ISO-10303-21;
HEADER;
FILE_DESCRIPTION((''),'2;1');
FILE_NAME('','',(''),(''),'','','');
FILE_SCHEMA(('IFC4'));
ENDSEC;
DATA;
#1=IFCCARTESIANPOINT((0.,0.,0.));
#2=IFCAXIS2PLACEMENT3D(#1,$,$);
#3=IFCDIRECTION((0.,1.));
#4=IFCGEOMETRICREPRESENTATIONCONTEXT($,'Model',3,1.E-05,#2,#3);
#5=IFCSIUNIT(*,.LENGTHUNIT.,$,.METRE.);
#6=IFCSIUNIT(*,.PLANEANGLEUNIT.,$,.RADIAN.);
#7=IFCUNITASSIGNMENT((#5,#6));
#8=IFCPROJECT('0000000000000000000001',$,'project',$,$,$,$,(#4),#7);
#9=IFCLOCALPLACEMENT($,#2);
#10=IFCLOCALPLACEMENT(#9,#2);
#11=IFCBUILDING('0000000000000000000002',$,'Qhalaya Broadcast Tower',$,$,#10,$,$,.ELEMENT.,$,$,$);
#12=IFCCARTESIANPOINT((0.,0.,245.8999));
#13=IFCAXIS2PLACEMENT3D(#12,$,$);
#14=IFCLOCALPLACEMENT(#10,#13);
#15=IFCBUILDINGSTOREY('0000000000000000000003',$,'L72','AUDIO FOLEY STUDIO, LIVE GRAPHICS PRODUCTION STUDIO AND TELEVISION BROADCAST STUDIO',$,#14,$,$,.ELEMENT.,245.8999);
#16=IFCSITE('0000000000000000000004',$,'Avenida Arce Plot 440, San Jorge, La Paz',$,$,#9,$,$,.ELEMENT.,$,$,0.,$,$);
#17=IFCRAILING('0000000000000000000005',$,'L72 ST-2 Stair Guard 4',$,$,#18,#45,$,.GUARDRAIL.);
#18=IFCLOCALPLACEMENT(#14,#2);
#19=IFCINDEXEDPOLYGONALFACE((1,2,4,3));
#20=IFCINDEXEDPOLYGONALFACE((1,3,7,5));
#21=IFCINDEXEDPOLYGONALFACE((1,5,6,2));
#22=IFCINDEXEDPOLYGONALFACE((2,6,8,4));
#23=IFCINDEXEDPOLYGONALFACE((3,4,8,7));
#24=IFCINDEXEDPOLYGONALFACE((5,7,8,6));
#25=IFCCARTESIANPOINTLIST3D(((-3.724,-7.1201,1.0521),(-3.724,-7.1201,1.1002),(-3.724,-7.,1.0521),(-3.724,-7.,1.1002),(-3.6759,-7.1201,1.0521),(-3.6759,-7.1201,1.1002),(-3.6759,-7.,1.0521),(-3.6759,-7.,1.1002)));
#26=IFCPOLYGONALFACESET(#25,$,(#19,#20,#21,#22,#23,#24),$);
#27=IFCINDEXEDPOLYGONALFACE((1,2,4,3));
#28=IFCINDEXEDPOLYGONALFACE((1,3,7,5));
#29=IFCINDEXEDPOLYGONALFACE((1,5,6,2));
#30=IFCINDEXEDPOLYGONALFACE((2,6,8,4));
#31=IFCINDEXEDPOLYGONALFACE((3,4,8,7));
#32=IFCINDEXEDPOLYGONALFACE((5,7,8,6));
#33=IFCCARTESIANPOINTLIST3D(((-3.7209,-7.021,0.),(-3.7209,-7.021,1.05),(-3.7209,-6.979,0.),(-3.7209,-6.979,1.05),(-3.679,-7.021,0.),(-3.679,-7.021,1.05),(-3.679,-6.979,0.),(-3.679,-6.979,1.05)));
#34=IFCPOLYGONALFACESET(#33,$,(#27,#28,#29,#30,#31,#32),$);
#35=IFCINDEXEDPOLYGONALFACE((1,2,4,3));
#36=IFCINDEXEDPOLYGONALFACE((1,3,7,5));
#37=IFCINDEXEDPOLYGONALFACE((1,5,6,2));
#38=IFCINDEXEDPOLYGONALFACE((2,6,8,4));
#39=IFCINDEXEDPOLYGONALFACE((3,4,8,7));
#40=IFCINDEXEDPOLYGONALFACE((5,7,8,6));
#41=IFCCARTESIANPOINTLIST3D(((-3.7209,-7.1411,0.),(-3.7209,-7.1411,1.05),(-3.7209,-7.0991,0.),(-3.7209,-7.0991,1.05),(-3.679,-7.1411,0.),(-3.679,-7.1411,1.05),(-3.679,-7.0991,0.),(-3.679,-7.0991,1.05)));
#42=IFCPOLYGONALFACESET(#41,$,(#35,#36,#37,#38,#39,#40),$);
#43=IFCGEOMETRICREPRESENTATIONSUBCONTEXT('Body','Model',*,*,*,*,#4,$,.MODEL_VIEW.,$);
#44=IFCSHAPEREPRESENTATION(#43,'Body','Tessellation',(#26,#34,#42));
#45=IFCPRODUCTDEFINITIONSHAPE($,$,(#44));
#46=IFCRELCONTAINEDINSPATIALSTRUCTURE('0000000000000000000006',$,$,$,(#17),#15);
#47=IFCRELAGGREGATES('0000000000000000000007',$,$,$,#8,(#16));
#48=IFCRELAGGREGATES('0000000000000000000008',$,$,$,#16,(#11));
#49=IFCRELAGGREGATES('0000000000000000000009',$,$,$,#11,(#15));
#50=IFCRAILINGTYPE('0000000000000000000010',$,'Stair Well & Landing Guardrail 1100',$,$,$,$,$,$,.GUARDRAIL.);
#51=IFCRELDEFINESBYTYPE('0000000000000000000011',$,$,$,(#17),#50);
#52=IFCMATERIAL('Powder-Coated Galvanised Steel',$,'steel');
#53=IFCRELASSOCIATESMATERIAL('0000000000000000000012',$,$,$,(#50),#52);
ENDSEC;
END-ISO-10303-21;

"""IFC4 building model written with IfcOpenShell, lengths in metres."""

from ifc_helpers import new_model, si_unit, direction, frame, origin, origin_2d, place, context, subcontext, project, spatial, rectangle, extrude, material, type_object, element, save


model = new_model("IFC4")

# Units and contexts
model_context = context("Model", 3, precision=1e-05, world=origin(), true_north=direction((0.0, 1.0)))
body_context = subcontext(model_context, "Body", "Model", "MODEL_VIEW")
ifc_project = project(units=[si_unit("LENGTHUNIT", "METRE"), si_unit("PLANEANGLEUNIT", "RADIAN")], contexts=[model_context])

# Site, building, storey
site_placement = place(None, origin())
site = spatial("IfcSite", under=ifc_project, at=site_placement, Name="Avenida Arce Plot 440, San Jorge, La Paz", CompositionType="ELEMENT", RefElevation=0.0)
building_placement = place(site_placement, origin())
building = spatial("IfcBuilding", under=site, at=building_placement, Name="Qhalaya Broadcast Tower", CompositionType="ELEMENT")
storey_placement = place(building_placement, frame((0.0, 0.0, 245.8999)))
storey = spatial("IfcBuildingStorey", under=building, at=storey_placement, Name="L72", Description="AUDIO FOLEY STUDIO, LIVE GRAPHICS PRODUCTION STUDIO AND TELEVISION BROADCAST STUDIO", CompositionType="ELEMENT", Elevation=245.8999)

# Railing
ifc_material_1 = material(Name="Powder-Coated Galvanised Steel", Category="steel")
railing_type_1 = type_object("IfcRailingType", Name="Stair Well & Landing Guardrail 1100", PredefinedType="GUARDRAIL", material=ifc_material_1)
railing_1_placement = place(storey_placement, frame((-3.7, -7.0, 0.0)))
element("IfcRailing", 1, at=railing_1_placement, inside=storey, type_object=railing_type_1, Name="L72 ST-2 Stair Guard 4", PredefinedType="GUARDRAIL", context=body_context, shape_type="SweptSolid", body=[
    extrude(rectangle(XDim=0.0481, YDim=0.0481, at=origin_2d()), frame((0.0, 0.0, 1.0762), z_axis=(0.0, -1.0, 0.0), x_axis=(1.0, 0.0, 0.0)), (0.0, 0.0, 1.0), 0.1201),
    extrude(rectangle(XDim=0.042, YDim=0.042, at=origin_2d()), origin(), (0.0, 0.0, 1.0), 1.05),
    extrude(rectangle(XDim=0.042, YDim=0.042, at=origin_2d()), frame((0.0, -0.1201, 0.0)), (0.0, 0.0, 1.0), 1.05),
])

save(model, "model.ifc")
